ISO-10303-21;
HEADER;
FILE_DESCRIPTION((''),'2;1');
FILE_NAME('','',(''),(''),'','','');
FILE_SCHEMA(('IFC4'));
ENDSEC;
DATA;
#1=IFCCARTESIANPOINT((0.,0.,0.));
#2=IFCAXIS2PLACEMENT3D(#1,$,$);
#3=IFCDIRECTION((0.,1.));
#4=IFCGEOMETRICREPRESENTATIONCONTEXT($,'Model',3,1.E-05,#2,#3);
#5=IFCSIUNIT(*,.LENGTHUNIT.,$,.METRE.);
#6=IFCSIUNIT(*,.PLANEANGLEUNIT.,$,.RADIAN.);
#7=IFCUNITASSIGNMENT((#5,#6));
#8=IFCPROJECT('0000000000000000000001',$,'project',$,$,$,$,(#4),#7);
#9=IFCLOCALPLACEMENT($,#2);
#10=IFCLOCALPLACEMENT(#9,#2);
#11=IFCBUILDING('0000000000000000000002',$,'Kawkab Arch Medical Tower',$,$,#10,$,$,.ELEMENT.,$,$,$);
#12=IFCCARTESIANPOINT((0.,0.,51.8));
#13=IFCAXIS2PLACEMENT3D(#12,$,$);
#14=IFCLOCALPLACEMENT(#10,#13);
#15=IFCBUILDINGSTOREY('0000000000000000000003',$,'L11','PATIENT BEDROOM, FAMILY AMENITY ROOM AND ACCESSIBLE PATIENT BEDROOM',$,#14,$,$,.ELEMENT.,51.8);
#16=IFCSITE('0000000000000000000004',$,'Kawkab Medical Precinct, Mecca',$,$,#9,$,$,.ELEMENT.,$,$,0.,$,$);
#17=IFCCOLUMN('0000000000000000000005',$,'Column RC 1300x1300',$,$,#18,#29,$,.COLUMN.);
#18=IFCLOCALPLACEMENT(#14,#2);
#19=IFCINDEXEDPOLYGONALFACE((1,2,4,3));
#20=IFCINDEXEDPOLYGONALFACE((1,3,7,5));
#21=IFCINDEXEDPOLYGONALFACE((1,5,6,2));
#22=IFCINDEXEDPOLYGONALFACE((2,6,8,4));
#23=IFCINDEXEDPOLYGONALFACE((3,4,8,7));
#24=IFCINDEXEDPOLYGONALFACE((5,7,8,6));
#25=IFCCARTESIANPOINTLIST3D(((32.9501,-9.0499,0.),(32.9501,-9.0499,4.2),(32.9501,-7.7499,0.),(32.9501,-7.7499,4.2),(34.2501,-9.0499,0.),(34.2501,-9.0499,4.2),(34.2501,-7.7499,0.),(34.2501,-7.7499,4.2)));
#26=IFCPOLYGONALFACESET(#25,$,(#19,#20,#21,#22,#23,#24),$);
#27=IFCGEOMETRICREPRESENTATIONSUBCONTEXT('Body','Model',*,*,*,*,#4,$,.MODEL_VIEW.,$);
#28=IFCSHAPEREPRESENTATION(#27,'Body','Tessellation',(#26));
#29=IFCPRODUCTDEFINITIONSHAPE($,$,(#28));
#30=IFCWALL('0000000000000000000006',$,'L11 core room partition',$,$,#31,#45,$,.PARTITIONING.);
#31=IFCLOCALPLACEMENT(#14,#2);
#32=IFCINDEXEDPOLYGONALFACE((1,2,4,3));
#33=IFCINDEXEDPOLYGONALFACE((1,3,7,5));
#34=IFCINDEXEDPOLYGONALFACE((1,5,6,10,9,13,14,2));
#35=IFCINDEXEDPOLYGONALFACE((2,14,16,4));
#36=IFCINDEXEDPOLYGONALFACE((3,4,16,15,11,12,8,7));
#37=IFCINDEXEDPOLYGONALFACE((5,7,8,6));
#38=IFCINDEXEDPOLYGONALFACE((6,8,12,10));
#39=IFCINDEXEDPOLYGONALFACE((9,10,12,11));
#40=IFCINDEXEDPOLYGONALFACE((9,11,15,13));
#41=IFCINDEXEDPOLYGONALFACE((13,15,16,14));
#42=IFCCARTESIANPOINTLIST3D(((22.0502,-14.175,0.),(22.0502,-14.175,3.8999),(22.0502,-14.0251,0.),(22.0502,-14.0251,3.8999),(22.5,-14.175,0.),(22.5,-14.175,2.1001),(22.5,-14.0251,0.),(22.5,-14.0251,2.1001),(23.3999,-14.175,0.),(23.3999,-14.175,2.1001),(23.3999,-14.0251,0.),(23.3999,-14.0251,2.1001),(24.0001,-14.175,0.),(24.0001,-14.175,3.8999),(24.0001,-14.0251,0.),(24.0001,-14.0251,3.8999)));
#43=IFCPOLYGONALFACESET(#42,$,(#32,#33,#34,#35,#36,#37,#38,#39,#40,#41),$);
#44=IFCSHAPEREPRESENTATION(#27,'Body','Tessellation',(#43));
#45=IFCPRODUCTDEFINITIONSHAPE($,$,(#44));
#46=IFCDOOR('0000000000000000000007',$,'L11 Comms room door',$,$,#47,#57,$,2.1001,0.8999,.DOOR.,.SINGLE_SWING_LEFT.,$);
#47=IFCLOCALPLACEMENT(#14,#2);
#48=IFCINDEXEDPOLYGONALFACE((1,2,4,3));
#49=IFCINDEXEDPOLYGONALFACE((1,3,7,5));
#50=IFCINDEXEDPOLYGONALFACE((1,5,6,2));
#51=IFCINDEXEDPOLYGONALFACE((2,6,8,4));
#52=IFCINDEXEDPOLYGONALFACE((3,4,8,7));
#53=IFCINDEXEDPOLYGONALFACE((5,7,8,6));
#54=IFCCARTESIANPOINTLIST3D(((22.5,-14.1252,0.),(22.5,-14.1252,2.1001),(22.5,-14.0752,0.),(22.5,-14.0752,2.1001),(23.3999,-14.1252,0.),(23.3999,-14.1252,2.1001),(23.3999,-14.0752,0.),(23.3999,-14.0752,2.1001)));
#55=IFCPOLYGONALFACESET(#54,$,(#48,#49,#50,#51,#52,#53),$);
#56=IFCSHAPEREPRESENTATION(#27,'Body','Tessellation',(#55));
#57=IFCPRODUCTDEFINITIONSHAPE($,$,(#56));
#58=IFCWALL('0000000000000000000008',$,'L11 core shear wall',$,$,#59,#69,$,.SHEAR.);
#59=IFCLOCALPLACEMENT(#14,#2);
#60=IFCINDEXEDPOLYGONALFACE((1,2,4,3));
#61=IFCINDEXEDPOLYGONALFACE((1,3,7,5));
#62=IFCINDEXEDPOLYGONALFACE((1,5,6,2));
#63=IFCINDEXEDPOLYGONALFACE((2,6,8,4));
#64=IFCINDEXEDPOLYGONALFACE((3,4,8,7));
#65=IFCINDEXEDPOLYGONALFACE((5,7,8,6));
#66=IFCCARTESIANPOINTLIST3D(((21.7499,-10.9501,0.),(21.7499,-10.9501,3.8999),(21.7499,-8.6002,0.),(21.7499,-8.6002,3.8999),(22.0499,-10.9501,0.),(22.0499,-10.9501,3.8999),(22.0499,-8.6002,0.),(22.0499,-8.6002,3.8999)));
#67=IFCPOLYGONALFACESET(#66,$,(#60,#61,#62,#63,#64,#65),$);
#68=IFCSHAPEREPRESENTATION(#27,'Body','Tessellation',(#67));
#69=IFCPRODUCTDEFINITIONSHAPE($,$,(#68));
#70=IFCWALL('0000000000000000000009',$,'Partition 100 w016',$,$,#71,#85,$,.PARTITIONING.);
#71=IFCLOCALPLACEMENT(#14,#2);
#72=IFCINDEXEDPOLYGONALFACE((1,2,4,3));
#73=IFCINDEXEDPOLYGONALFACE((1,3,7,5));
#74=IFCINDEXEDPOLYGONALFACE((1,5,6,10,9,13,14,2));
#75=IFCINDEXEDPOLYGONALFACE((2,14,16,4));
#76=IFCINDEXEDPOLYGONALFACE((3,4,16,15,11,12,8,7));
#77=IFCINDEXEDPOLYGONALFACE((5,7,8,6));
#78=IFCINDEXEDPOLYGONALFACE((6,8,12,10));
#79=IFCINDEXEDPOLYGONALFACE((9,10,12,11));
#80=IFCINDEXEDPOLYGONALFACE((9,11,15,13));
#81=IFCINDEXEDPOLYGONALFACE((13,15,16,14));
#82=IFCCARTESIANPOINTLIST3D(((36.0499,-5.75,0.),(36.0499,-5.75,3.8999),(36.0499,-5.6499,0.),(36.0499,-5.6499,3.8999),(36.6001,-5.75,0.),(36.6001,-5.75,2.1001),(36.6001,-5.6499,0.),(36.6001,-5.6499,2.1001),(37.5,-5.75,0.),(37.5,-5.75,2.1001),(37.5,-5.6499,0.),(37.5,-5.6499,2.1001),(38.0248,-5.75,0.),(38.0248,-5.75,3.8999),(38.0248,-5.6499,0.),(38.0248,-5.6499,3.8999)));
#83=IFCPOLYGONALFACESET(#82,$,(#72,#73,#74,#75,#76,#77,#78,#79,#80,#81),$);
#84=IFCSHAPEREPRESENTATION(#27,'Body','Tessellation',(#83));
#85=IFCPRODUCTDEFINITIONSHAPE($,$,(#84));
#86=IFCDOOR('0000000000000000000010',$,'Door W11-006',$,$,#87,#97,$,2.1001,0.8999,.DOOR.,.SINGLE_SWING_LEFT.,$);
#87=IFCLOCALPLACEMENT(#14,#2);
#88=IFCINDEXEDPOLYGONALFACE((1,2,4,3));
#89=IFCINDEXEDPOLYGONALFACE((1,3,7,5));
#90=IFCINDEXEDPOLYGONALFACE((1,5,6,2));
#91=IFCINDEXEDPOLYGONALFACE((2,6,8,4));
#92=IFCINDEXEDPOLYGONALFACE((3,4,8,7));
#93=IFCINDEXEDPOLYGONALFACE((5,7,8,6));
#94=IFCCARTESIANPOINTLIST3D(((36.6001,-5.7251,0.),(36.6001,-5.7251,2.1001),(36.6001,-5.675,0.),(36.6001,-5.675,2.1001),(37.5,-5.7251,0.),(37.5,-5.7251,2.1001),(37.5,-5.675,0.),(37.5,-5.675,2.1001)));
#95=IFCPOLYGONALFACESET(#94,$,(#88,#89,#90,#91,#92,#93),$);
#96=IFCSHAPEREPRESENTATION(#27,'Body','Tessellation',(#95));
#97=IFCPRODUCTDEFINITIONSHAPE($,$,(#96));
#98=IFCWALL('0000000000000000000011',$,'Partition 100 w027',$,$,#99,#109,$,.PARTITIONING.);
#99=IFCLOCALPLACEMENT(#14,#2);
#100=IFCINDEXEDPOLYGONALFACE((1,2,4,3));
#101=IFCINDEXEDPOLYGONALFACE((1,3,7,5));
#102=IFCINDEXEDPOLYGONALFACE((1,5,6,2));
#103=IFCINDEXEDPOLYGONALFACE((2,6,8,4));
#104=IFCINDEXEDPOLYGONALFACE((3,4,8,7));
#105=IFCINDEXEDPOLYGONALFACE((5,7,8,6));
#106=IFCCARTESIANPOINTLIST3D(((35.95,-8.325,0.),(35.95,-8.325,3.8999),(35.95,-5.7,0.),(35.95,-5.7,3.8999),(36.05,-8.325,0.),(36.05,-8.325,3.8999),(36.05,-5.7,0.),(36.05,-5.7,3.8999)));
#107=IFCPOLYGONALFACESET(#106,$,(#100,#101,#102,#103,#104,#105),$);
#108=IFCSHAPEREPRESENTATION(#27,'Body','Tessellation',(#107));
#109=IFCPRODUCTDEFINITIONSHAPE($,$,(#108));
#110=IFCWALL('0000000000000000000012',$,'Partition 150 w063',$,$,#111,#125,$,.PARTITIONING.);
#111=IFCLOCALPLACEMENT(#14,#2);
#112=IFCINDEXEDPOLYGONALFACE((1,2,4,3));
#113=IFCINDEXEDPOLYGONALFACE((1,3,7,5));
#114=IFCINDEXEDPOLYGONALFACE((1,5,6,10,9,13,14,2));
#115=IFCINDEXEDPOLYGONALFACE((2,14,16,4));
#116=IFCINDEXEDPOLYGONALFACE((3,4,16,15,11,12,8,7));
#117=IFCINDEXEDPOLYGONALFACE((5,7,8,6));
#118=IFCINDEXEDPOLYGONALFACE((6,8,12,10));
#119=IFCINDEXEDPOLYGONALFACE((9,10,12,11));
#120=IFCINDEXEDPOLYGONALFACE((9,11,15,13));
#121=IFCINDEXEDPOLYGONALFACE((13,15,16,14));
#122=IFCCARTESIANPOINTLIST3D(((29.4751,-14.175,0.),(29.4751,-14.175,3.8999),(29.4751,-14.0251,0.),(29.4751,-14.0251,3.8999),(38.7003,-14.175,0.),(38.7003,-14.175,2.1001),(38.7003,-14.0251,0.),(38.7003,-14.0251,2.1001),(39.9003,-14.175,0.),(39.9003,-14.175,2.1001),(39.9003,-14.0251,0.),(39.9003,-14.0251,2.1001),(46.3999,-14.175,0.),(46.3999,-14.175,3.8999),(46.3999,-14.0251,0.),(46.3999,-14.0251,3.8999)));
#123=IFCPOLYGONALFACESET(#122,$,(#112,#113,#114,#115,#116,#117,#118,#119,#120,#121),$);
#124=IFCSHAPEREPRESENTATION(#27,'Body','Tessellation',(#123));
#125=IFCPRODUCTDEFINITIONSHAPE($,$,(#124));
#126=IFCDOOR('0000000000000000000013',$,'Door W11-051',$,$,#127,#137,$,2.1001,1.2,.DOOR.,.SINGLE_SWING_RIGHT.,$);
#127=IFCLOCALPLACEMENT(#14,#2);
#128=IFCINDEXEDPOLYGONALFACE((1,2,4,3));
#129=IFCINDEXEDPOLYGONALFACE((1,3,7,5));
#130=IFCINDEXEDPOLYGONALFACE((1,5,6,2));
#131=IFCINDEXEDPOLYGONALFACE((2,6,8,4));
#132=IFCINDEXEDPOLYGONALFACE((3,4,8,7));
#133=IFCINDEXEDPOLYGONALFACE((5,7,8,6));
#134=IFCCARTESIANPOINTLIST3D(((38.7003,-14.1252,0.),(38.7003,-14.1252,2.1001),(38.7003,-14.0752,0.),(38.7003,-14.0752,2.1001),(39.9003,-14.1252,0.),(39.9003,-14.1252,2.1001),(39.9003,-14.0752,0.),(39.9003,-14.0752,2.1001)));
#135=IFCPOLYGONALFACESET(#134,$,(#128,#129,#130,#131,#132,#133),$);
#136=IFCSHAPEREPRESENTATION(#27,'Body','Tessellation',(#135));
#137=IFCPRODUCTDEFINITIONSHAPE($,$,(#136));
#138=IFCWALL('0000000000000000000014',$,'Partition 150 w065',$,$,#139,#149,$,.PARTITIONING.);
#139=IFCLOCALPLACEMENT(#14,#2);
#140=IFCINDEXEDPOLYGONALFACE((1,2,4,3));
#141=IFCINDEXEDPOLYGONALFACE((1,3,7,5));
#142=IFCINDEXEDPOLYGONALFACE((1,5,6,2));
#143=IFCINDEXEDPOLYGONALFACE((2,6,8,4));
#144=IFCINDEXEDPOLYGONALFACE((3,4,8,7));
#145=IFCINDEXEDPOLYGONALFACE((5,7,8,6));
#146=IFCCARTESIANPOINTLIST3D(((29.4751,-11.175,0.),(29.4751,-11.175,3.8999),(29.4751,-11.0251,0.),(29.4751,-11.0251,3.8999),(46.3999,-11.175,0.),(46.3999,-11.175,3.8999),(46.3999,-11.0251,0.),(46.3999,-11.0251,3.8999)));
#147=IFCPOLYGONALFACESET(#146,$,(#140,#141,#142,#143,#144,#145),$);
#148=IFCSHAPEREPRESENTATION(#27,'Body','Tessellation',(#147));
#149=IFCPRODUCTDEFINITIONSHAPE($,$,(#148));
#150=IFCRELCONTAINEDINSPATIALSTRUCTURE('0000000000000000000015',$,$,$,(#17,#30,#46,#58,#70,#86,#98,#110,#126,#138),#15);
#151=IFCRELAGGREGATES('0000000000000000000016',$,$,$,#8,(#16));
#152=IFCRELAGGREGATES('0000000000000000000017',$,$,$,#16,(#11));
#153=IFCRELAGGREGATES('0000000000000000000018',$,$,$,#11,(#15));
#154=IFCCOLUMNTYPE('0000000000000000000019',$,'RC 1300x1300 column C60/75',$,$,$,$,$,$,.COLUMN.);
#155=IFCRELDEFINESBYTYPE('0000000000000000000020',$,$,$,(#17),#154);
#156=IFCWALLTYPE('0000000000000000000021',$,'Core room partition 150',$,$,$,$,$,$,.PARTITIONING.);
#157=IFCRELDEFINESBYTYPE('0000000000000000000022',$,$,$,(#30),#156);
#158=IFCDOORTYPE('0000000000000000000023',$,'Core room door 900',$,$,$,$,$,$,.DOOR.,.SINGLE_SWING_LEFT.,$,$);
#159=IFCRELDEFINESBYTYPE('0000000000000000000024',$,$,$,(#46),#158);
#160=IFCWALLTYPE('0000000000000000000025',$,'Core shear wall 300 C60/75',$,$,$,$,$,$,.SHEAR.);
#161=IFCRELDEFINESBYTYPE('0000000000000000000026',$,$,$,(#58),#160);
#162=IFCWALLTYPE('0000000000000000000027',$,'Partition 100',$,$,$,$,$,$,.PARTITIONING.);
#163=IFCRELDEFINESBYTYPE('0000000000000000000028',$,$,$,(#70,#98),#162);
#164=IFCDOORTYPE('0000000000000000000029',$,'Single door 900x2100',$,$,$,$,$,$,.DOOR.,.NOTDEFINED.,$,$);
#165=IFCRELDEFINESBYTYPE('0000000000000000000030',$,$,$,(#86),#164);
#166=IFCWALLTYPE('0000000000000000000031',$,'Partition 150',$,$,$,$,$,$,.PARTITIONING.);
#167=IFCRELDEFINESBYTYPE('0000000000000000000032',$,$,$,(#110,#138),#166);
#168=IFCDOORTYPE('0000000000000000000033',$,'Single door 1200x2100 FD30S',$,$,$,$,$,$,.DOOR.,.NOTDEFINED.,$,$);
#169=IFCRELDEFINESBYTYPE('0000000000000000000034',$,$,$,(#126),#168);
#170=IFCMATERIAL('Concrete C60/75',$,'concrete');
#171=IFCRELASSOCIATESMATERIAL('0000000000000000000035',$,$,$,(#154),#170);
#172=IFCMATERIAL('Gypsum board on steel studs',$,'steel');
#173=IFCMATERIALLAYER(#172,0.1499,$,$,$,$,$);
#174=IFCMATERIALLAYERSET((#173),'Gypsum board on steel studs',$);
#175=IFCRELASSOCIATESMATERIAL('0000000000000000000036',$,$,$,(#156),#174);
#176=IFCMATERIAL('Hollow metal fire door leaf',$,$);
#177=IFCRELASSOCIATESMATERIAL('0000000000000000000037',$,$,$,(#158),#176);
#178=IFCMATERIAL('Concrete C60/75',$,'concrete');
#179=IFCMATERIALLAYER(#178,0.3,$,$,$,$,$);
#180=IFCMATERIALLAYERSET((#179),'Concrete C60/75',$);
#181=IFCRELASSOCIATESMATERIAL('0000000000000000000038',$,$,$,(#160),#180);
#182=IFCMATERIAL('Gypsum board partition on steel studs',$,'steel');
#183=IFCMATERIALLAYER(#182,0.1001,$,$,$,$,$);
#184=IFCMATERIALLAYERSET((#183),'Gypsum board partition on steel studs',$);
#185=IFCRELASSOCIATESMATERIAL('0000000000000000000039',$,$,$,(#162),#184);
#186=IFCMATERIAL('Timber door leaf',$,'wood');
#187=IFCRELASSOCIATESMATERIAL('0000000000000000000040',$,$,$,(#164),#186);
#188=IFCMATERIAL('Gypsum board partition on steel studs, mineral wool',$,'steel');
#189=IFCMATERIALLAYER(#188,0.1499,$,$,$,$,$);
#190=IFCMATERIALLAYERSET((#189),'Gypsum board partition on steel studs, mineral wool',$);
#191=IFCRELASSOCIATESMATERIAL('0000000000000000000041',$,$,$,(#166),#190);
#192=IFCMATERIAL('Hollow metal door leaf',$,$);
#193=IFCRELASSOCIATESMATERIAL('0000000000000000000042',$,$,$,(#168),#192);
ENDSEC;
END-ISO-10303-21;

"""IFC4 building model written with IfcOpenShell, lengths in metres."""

from ifc_helpers import new_model, si_unit, direction, frame, frame_2d, origin, origin_2d, place, context, subcontext, project, spatial, rectangle, extrude, material, layer, layer_set, material_profile, profile_set, type_object, element, fill, save


model = new_model("IFC4")

# Units and contexts
model_context = context("Model", 3, precision=1e-05, world=origin(), true_north=direction((0.0, 1.0)))
body_context = subcontext(model_context, "Body", "Model", "MODEL_VIEW")
ifc_project = project(units=[si_unit("LENGTHUNIT", "METRE"), si_unit("PLANEANGLEUNIT", "RADIAN")], contexts=[model_context])

# Site, building, storey
site_placement = place(None, origin())
site = spatial("IfcSite", under=ifc_project, at=site_placement, Name="Kawkab Medical Precinct, Mecca", CompositionType="ELEMENT", RefElevation=0.0)
building_placement = place(site_placement, origin())
building = spatial("IfcBuilding", under=site, at=building_placement, Name="Kawkab Arch Medical Tower", CompositionType="ELEMENT")
storey_placement = place(building_placement, frame((0.0, 0.0, 51.8)))
storey = spatial("IfcBuildingStorey", under=building, at=storey_placement, Name="L11", Description="PATIENT BEDROOM, FAMILY AMENITY ROOM AND ACCESSIBLE PATIENT BEDROOM", CompositionType="ELEMENT", Elevation=51.8)

# Column
ifc_material_1 = material(Name="Concrete C60/75", Category="concrete")
ifc_material_profile = material_profile(ifc_material_1, rectangle(XDim=1.3, YDim=1.3, at=origin_2d()), Name="RC 1300x1300")
ifc_profile_set = profile_set([ifc_material_profile], Name="Concrete C60/75")
column_type = type_object("IfcColumnType", Name="RC 1300x1300 column C60/75", PredefinedType="COLUMN", material=ifc_profile_set)
column_placement = place(storey_placement, frame((33.6001, -8.3999, 0.0), z_axis=(0.0, 0.0, 1.0), x_axis=(1.0, 0.0, 0.0)))
element("IfcColumn", 1, at=column_placement, inside=storey, type_object=column_type, Name="Column RC 1300x1300", PredefinedType="COLUMN", context=body_context, shape_type="SweptSolid", body=[
    extrude(rectangle(XDim=1.3, YDim=1.3, at=origin_2d()), origin(), (0.0, 0.0, 1.0), 4.2),
])

# Wall, opening, door
ifc_material_2 = material(Name="Gypsum board on steel studs", Category="steel")
ifc_layer_1 = layer(ifc_material_2, 0.1499)
ifc_layer_set_1 = layer_set([ifc_layer_1], Name="Gypsum board on steel studs")
wall_type_1 = type_object("IfcWallType", Name="Core room partition 150", PredefinedType="PARTITIONING", material=ifc_layer_set_1)
wall_1_placement = place(storey_placement, frame((22.05, -14.1001, 0.0), z_axis=(0.0, 0.0, 1.0), x_axis=(1.0, 0.0, 0.0)))
wall_1 = element("IfcWall", 2, at=wall_1_placement, inside=storey, type_object=wall_type_1, Name="L11 core room partition", PredefinedType="PARTITIONING", context=body_context, shape_type="SweptSolid", body=[
    extrude(rectangle(XDim=1.95, YDim=0.1499, at=frame_2d((0.9751, 0.0))), origin(), (0.0, 0.0, 1.0), 3.8999),
])
opening_1_placement = place(wall_1_placement, frame((0.45, 0.0, 0.0)))
opening_1 = element("IfcOpeningElement", 3, at=opening_1_placement, cuts=wall_1, PredefinedType="OPENING", context=body_context, shape_type="SweptSolid", body=[
    extrude(rectangle(XDim=0.8999, YDim=2.1001, at=frame_2d((0.45, 1.05))), frame((0.0, 0.085, 0.0), z_axis=(0.0, -1.0, 0.0), x_axis=(1.0, 0.0, 0.0)), (0.0, 0.0, 1.0), 0.1699),
])
ifc_material_3 = material(Name="Hollow metal fire door leaf")
door_type_1 = type_object("IfcDoorType", Name="Core room door 900", OperationType="SINGLE_SWING_LEFT", PredefinedType="DOOR", material=ifc_material_3)
door_1_placement = place(opening_1_placement, origin())
door_1 = element("IfcDoor", 4, at=door_1_placement, inside=storey, type_object=door_type_1, Name="L11 Comms room door", OperationType="SINGLE_SWING_LEFT", OverallHeight=2.1001, OverallWidth=0.8999, PredefinedType="DOOR", context=body_context, shape_type="SweptSolid", body=[
    extrude(rectangle(XDim=0.8999, YDim=2.1001, at=frame_2d((0.45, 1.05))), frame((0.0, 0.0249, 0.0), z_axis=(0.0, -1.0, 0.0), x_axis=(1.0, 0.0, 0.0)), (0.0, 0.0, 1.0), 0.05),
])
fill(opening_1, door_1)

# Wall
ifc_material_4 = material(Name="Concrete C60/75", Category="concrete")
ifc_layer_2 = layer(ifc_material_4, 0.3)
ifc_layer_set_2 = layer_set([ifc_layer_2], Name="Concrete C60/75")
wall_type_2 = type_object("IfcWallType", Name="Core shear wall 300 C60/75", PredefinedType="SHEAR", material=ifc_layer_set_2)
wall_2_placement = place(storey_placement, frame((21.8999, -10.95, 0.0), z_axis=(0.0, 0.0, 1.0), x_axis=(0.0, 1.0, 0.0)))
element("IfcWall", 5, at=wall_2_placement, inside=storey, type_object=wall_type_2, Name="L11 core shear wall", PredefinedType="SHEAR", context=body_context, shape_type="SweptSolid", body=[
    extrude(rectangle(XDim=2.3499, YDim=0.3, at=frame_2d((1.1748, 0.0))), origin(), (0.0, 0.0, 1.0), 3.8999),
])

# Wall, opening, door
ifc_material_5 = material(Name="Gypsum board partition on steel studs", Category="steel")
ifc_layer_3 = layer(ifc_material_5, 0.1001)
ifc_layer_set_3 = layer_set([ifc_layer_3], Name="Gypsum board partition on steel studs")
wall_type_3 = type_object("IfcWallType", Name="Partition 100", PredefinedType="PARTITIONING", material=ifc_layer_set_3)
wall_3_placement = place(storey_placement, frame((36.05, -5.7, 0.0), z_axis=(0.0, 0.0, 1.0), x_axis=(1.0, 0.0, 0.0)))
wall_3 = element("IfcWall", 6, at=wall_3_placement, inside=storey, type_object=wall_type_3, Name="Partition 100 w016", PredefinedType="PARTITIONING", context=body_context, shape_type="SweptSolid", body=[
    extrude(rectangle(XDim=1.9749, YDim=0.1001, at=frame_2d((0.9873, 0.0))), origin(), (0.0, 0.0, 1.0), 3.8999),
])
opening_2_placement = place(wall_3_placement, frame((0.55, 0.0, 0.0)))
opening_2 = element("IfcOpeningElement", 7, at=opening_2_placement, cuts=wall_3, PredefinedType="OPENING", context=body_context, shape_type="SweptSolid", body=[
    extrude(rectangle(XDim=0.8999, YDim=2.1001, at=frame_2d((0.45, 1.05))), frame((0.0, 0.0601, 0.0), z_axis=(0.0, -1.0, 0.0), x_axis=(1.0, 0.0, 0.0)), (0.0, 0.0, 1.0), 0.1201),
])
ifc_material_6 = material(Name="Timber door leaf", Category="wood")
door_type_2 = type_object("IfcDoorType", Name="Single door 900x2100", OperationType="NOTDEFINED", PredefinedType="DOOR", material=ifc_material_6)
door_2_placement = place(opening_2_placement, origin())
door_2 = element("IfcDoor", 8, at=door_2_placement, inside=storey, type_object=door_type_2, Name="Door W11-006", OperationType="SINGLE_SWING_LEFT", OverallHeight=2.1001, OverallWidth=0.8999, PredefinedType="DOOR", context=body_context, shape_type="SweptSolid", body=[
    extrude(rectangle(XDim=0.8999, YDim=2.1001, at=frame_2d((0.45, 1.05))), frame((0.0, 0.0249, 0.0), z_axis=(0.0, -1.0, 0.0), x_axis=(1.0, 0.0, 0.0)), (0.0, 0.0, 1.0), 0.05),
])
fill(opening_2, door_2)

# Wall
wall_4_placement = place(storey_placement, frame((36.0, -8.325, 0.0), z_axis=(0.0, 0.0, 1.0), x_axis=(0.0, 1.0, 0.0)))
element("IfcWall", 9, at=wall_4_placement, inside=storey, type_object=wall_type_3, Name="Partition 100 w027", PredefinedType="PARTITIONING", context=body_context, shape_type="SweptSolid", body=[
    extrude(rectangle(XDim=2.625, YDim=0.1001, at=frame_2d((1.3125, 0.0))), origin(), (0.0, 0.0, 1.0), 3.8999),
])

# Wall, opening, door
ifc_material_7 = material(Name="Gypsum board partition on steel studs, mineral wool", Category="steel")
ifc_layer_4 = layer(ifc_material_7, 0.1499)
ifc_layer_set_4 = layer_set([ifc_layer_4], Name="Gypsum board partition on steel studs, mineral wool")
wall_type_4 = type_object("IfcWallType", Name="Partition 150", PredefinedType="PARTITIONING", material=ifc_layer_set_4)
wall_5_placement = place(storey_placement, frame((29.4751, -14.1001, 0.0), z_axis=(0.0, 0.0, 1.0), x_axis=(1.0, 0.0, 0.0)))
wall_5 = element("IfcWall", 10, at=wall_5_placement, inside=storey, type_object=wall_type_4, Name="Partition 150 w063", PredefinedType="PARTITIONING", context=body_context, shape_type="SweptSolid", body=[
    extrude(rectangle(XDim=16.9248, YDim=0.1499, at=frame_2d((8.4624, 0.0))), origin(), (0.0, 0.0, 1.0), 3.8999),
])
opening_3_placement = place(wall_5_placement, frame((9.2251, 0.0, 0.0)))
opening_3 = element("IfcOpeningElement", 11, at=opening_3_placement, cuts=wall_5, PredefinedType="OPENING", context=body_context, shape_type="SweptSolid", body=[
    extrude(rectangle(XDim=1.2, YDim=2.1001, at=frame_2d((0.6001, 1.05))), frame((0.0, 0.085, 0.0), z_axis=(0.0, -1.0, 0.0), x_axis=(1.0, 0.0, 0.0)), (0.0, 0.0, 1.0), 0.1699),
])
ifc_material_8 = material(Name="Hollow metal door leaf")
door_type_3 = type_object("IfcDoorType", Name="Single door 1200x2100 FD30S", OperationType="NOTDEFINED", PredefinedType="DOOR", material=ifc_material_8)
door_3_placement = place(opening_3_placement, origin())
door_3 = element("IfcDoor", 12, at=door_3_placement, inside=storey, type_object=door_type_3, Name="Door W11-051", OperationType="SINGLE_SWING_RIGHT", OverallHeight=2.1001, OverallWidth=1.2, PredefinedType="DOOR", context=body_context, shape_type="SweptSolid", body=[
    extrude(rectangle(XDim=1.2, YDim=2.1001, at=frame_2d((0.6001, 1.05))), frame((0.0, 0.0249, 0.0), z_axis=(0.0, -1.0, 0.0), x_axis=(1.0, 0.0, 0.0)), (0.0, 0.0, 1.0), 0.05),
])
fill(opening_3, door_3)

# Wall
wall_6_placement = place(storey_placement, frame((29.4751, -11.1001, 0.0), z_axis=(0.0, 0.0, 1.0), x_axis=(1.0, 0.0, 0.0)))
element("IfcWall", 13, at=wall_6_placement, inside=storey, type_object=wall_type_4, Name="Partition 150 w065", PredefinedType="PARTITIONING", context=body_context, shape_type="SweptSolid", body=[
    extrude(rectangle(XDim=16.9248, YDim=0.1499, at=frame_2d((8.4624, 0.0))), origin(), (0.0, 0.0, 1.0), 3.8999),
])

save(model, "model.ifc")
